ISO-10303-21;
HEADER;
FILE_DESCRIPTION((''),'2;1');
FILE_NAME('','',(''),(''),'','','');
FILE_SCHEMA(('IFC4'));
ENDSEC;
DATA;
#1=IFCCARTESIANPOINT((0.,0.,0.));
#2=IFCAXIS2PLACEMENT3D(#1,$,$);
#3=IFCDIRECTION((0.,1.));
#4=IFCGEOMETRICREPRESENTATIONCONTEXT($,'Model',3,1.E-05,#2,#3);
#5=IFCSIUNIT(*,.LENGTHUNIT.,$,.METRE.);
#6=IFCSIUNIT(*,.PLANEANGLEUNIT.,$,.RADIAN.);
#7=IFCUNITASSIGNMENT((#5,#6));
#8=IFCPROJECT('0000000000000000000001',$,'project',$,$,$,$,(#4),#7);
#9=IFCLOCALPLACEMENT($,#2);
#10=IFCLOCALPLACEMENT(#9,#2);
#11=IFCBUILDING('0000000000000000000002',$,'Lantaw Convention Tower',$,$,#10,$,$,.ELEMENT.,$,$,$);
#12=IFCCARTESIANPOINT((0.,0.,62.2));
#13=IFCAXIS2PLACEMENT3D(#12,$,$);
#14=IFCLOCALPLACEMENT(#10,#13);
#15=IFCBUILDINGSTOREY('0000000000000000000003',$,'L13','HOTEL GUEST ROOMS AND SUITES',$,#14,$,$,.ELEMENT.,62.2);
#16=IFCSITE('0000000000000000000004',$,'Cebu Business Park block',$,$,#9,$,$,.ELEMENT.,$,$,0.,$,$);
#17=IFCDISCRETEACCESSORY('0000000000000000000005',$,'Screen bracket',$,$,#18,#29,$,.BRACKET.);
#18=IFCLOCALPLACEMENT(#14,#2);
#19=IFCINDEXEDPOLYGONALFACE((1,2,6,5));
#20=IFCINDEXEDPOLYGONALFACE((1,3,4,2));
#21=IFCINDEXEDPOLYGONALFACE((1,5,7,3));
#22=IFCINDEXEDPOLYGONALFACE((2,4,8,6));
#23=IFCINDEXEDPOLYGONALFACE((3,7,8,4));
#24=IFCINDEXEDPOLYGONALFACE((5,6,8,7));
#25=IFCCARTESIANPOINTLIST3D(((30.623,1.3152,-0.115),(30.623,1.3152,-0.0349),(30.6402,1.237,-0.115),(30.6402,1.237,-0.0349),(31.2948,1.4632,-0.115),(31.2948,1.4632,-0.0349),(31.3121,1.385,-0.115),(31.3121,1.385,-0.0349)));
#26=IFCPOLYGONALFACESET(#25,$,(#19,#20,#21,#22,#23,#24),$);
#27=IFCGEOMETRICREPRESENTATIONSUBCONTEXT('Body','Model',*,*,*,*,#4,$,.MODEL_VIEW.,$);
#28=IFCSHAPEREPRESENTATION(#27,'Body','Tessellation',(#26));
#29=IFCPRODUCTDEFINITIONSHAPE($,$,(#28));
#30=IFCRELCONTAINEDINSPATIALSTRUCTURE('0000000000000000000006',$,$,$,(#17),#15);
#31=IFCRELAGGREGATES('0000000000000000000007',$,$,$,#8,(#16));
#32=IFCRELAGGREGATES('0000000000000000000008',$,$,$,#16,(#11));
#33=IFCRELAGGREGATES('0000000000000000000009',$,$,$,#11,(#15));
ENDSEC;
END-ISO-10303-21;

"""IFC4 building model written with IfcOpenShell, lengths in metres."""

from ifc_helpers import new_model, si_unit, direction, frame, origin, origin_2d, place, context, subcontext, project, spatial, rectangle, extrude, element, save


model = new_model("IFC4")

# Units and contexts
model_context = context("Model", 3, precision=1e-05, world=origin(), true_north=direction((0.0, 1.0)))
body_context = subcontext(model_context, "Body", "Model", "MODEL_VIEW")
ifc_project = project(units=[si_unit("LENGTHUNIT", "METRE"), si_unit("PLANEANGLEUNIT", "RADIAN")], contexts=[model_context])

# Site, building, storey
site_placement = place(None, origin())
site = spatial("IfcSite", under=ifc_project, at=site_placement, Name="Cebu Business Park block", CompositionType="ELEMENT", RefElevation=0.0)
building_placement = place(site_placement, origin())
building = spatial("IfcBuilding", under=site, at=building_placement, Name="Lantaw Convention Tower", CompositionType="ELEMENT")
storey_placement = place(building_placement, frame((0.0, 0.0, 62.2)))
storey = spatial("IfcBuildingStorey", under=building, at=storey_placement, Name="L13", Description="HOTEL GUEST ROOMS AND SUITES", CompositionType="ELEMENT", Elevation=62.2)

# Discrete accessory
discrete_accessory_placement = place(storey_placement, frame((30.9675, 1.3501, -0.115), z_axis=(0.0, 0.0, 1.0), x_axis=(-0.215246, 0.97656, 0.0)))
element("IfcDiscreteAccessory", 1, at=discrete_accessory_placement, inside=storey, Name="Screen bracket", PredefinedType="BRACKET", context=body_context, shape_type="SweptSolid", body=[
    extrude(rectangle(XDim=0.0801, YDim=0.688, at=origin_2d()), origin(), (0.0, 0.0, 1.0), 0.0801),
])

save(model, "model.ifc")
